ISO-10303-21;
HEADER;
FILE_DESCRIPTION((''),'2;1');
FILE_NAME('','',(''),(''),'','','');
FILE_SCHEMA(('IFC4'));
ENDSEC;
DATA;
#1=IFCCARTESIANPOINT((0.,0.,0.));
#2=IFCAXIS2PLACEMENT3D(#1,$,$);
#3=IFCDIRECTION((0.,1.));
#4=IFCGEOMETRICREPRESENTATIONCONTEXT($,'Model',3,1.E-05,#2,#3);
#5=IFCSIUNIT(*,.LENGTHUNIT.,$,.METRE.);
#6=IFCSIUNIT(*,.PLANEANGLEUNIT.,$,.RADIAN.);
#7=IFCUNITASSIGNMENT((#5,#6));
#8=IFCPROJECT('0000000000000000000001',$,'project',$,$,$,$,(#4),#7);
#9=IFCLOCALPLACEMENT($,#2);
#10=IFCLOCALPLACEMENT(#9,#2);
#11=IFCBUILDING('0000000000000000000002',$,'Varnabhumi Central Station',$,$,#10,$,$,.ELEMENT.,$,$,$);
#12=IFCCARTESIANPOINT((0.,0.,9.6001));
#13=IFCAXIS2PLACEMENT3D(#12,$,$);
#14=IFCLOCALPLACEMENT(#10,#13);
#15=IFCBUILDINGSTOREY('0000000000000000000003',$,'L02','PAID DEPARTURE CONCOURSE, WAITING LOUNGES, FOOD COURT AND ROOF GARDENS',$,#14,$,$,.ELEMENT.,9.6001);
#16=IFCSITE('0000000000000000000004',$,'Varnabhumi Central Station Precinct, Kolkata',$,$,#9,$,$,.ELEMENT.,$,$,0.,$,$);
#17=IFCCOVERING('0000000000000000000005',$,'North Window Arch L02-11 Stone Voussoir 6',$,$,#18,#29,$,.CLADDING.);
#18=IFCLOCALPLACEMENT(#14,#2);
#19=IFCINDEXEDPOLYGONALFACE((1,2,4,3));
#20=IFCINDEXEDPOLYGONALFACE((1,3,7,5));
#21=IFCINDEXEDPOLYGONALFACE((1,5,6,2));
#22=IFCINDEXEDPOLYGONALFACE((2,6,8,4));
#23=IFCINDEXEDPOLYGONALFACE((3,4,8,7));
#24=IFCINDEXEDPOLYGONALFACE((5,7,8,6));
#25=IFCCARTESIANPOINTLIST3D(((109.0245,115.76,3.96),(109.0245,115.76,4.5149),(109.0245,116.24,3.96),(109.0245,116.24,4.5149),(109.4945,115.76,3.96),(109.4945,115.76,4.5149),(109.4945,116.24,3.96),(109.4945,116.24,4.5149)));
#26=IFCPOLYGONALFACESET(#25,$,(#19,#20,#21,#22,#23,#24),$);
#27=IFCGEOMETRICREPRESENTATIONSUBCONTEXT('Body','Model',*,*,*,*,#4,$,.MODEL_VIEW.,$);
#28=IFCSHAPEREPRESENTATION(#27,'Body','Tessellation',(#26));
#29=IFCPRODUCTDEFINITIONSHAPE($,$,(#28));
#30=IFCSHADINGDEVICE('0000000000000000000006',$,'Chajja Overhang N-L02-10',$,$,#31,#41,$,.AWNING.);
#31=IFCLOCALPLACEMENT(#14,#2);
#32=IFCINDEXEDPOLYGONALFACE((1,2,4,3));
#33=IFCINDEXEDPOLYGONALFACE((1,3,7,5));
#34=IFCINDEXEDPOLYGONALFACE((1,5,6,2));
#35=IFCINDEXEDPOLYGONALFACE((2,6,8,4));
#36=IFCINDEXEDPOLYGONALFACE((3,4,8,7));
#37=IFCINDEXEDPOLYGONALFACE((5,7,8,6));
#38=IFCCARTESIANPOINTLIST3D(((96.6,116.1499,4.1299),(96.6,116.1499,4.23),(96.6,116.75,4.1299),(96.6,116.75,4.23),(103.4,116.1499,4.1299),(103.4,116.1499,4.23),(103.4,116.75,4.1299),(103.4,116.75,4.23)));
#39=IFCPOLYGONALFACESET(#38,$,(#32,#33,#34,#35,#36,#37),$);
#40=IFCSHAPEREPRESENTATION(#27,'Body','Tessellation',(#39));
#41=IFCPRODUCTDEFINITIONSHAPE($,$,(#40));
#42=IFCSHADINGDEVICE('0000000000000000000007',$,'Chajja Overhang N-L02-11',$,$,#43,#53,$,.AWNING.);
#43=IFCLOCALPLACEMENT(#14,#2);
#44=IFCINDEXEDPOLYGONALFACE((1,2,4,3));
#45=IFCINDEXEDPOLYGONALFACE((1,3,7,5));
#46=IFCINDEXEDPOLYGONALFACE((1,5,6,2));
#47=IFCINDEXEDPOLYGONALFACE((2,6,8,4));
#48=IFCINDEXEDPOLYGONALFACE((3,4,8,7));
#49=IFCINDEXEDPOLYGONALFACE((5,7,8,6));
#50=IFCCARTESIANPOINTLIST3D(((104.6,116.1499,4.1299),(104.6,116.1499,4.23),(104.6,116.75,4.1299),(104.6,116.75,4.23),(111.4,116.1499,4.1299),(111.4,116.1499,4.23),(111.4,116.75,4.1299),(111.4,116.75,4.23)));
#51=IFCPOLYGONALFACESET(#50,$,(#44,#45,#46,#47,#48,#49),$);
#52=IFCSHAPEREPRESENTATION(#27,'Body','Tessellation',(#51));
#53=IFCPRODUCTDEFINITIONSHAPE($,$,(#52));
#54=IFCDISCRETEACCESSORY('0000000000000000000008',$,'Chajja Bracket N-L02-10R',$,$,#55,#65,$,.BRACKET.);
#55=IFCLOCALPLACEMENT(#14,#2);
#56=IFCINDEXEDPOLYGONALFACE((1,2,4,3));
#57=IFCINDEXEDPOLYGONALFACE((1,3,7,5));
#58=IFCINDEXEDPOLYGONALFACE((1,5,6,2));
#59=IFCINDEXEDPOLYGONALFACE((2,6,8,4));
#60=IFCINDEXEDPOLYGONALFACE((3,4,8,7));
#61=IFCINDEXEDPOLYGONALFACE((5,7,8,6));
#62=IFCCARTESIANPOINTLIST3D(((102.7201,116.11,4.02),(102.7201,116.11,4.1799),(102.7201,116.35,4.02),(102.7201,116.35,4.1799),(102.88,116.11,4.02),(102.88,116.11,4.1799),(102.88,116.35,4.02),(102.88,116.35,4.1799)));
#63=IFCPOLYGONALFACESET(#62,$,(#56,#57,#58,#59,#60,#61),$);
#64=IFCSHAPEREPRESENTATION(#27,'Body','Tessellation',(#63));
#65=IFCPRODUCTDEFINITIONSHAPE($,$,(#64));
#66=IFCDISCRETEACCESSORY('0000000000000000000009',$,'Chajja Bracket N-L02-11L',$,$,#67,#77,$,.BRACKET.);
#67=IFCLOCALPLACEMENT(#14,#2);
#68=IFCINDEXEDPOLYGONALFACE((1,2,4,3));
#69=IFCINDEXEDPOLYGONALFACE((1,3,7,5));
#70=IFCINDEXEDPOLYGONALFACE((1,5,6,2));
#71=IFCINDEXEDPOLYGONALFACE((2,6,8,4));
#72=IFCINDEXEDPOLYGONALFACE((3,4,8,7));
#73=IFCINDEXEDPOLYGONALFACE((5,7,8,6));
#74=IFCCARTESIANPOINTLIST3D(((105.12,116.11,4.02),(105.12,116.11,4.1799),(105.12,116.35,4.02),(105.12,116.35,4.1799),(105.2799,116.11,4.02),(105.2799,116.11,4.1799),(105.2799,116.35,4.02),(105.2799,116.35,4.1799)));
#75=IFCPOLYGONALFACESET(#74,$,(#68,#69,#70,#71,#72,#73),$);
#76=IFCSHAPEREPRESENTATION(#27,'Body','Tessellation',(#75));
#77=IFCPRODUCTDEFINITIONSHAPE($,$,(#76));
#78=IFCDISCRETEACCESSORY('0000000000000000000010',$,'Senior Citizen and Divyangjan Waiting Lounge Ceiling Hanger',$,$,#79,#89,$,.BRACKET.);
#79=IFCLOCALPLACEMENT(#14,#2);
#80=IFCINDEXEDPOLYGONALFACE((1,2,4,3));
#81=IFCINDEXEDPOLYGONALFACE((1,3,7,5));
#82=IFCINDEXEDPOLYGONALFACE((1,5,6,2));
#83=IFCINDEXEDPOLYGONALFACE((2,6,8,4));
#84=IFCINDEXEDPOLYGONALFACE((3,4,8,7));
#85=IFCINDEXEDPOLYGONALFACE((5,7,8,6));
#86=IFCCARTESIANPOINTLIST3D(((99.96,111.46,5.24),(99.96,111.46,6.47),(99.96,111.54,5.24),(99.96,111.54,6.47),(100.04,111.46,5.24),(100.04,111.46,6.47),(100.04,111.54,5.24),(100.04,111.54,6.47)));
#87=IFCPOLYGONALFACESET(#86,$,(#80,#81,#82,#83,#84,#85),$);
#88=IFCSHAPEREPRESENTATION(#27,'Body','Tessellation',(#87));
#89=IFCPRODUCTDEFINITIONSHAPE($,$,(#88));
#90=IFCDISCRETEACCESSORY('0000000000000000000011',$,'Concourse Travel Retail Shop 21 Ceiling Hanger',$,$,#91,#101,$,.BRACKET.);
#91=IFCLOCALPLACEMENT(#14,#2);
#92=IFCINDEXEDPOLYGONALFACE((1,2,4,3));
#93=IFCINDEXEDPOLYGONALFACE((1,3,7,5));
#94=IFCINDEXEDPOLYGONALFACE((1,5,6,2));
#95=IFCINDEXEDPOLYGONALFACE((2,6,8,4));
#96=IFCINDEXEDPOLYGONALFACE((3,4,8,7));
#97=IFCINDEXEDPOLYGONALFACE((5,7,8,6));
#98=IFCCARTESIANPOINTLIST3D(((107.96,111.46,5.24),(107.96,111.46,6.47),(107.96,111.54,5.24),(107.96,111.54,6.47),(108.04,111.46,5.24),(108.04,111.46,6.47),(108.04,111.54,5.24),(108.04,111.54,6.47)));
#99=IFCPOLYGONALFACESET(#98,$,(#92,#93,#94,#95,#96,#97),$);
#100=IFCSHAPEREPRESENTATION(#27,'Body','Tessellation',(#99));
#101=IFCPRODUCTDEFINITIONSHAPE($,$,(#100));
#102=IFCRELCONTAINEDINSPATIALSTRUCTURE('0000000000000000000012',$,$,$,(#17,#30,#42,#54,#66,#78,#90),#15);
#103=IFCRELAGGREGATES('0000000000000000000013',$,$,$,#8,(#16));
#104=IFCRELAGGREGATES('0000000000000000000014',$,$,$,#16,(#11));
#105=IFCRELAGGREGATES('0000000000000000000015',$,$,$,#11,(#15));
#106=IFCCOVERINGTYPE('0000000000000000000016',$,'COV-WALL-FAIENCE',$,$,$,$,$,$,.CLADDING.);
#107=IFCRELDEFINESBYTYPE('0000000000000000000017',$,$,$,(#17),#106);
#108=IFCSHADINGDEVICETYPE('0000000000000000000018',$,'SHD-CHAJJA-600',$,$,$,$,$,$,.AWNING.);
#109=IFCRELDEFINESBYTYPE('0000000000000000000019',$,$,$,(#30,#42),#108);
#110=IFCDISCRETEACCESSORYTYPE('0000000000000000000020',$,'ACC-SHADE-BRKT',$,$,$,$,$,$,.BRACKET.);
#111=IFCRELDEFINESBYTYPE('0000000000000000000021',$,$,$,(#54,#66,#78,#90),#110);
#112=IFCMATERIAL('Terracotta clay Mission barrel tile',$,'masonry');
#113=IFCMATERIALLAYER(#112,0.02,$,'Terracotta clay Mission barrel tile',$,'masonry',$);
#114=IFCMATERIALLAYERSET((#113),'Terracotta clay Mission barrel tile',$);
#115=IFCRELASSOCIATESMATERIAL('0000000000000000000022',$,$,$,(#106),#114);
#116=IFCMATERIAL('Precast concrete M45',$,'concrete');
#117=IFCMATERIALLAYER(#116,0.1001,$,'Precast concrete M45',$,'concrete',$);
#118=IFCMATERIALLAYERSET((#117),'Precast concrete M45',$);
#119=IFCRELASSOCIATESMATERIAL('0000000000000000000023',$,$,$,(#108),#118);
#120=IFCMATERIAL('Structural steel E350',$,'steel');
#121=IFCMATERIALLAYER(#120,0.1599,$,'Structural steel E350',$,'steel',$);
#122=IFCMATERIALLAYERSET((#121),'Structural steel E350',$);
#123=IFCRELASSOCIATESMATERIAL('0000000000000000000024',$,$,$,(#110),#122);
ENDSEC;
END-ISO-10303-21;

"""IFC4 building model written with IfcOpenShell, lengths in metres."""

from ifc_helpers import new_model, si_unit, direction, frame, origin, origin_2d, place, context, subcontext, project, spatial, rectangle, extrude, material, layer, layer_set, type_object, element, save


model = new_model("IFC4")

# Units and contexts
model_context = context("Model", 3, precision=1e-05, world=origin(), true_north=direction((0.0, 1.0)))
body_context = subcontext(model_context, "Body", "Model", "MODEL_VIEW")
ifc_project = project(units=[si_unit("LENGTHUNIT", "METRE"), si_unit("PLANEANGLEUNIT", "RADIAN")], contexts=[model_context])

# Site, building, storey
site_placement = place(None, origin())
site = spatial("IfcSite", under=ifc_project, at=site_placement, Name="Varnabhumi Central Station Precinct, Kolkata", CompositionType="ELEMENT", RefElevation=0.0)
building_placement = place(site_placement, origin())
building = spatial("IfcBuilding", under=site, at=building_placement, Name="Varnabhumi Central Station", CompositionType="ELEMENT")
storey_placement = place(building_placement, frame((0.0, 0.0, 9.6001)))
storey = spatial("IfcBuildingStorey", under=building, at=storey_placement, Name="L02", Description="PAID DEPARTURE CONCOURSE, WAITING LOUNGES, FOOD COURT AND ROOF GARDENS", CompositionType="ELEMENT", Elevation=9.6001)

# Shared definitions
ifc_material_1 = material(Name="Structural steel E350", Category="steel")

# Covering
ifc_material_2 = material(Name="Terracotta clay Mission barrel tile", Category="masonry")
ifc_layer_1 = layer(ifc_material_2, 0.02, Name="Terracotta clay Mission barrel tile", Category="masonry")
ifc_layer_set_1 = layer_set([ifc_layer_1], Name="Terracotta clay Mission barrel tile")
covering_type = type_object("IfcCoveringType", Name="COV-WALL-FAIENCE", PredefinedType="CLADDING", material=ifc_layer_set_1)
covering_1_placement = place(storey_placement, frame((109.2595, 116.0, 3.96), z_axis=(0.0, 0.0, 1.0), x_axis=(1.0, 0.0, 0.0)))
element("IfcCovering", 1, at=covering_1_placement, inside=storey, type_object=covering_type, Name="North Window Arch L02-11 Stone Voussoir 6", PredefinedType="CLADDING", context=body_context, shape_type="SweptSolid", body=[
    extrude(rectangle(XDim=0.47, YDim=0.48, at=origin_2d()), origin(), (0.0, 0.0, 1.0), 0.5549),
])

# Shading devices
ifc_material_3 = material(Name="Precast concrete M45", Category="concrete")
ifc_layer_2 = layer(ifc_material_3, 0.1001, Name="Precast concrete M45", Category="concrete")
ifc_layer_set_2 = layer_set([ifc_layer_2], Name="Precast concrete M45")
shading_device_type = type_object("IfcShadingDeviceType", Name="SHD-CHAJJA-600", PredefinedType="AWNING", material=ifc_layer_set_2)
for number, where, z_axis, x_axis, name in (
    (2, (100.0, 116.45, 4.1299), (0.0, 0.0, 1.0), (1.0, 0.0, 0.0), "Chajja Overhang N-L02-10"),
    (3, (108.0, 116.45, 4.1299), (0.0, 0.0, 1.0), (1.0, 0.0, 0.0), "Chajja Overhang N-L02-11"),
):
    element("IfcShadingDevice", number, at=place(storey_placement, frame(where, z_axis=z_axis, x_axis=x_axis)), inside=storey, type_object=shading_device_type, Name=name, PredefinedType="AWNING", context=body_context, shape_type="SweptSolid", body=[
        extrude(rectangle(XDim=6.8, YDim=0.6001, at=origin_2d()), origin(), (0.0, 0.0, 1.0), 0.1001),
    ])

# Discrete accessories
ifc_layer_3 = layer(ifc_material_1, 0.1599, Name="Structural steel E350", Category="steel")
ifc_layer_set_3 = layer_set([ifc_layer_3], Name="Structural steel E350")
discrete_accessory_type = type_object("IfcDiscreteAccessoryType", Name="ACC-SHADE-BRKT", PredefinedType="BRACKET", material=ifc_layer_set_3)
for number, where, z_axis, x_axis, name in (
    (4, (102.8, 116.23, 4.02), (0.0, 0.0, 1.0), (1.0, 0.0, 0.0), "Chajja Bracket N-L02-10R"),
    (5, (105.2, 116.23, 4.02), (0.0, 0.0, 1.0), (1.0, 0.0, 0.0), "Chajja Bracket N-L02-11L"),
):
    element("IfcDiscreteAccessory", number, at=place(storey_placement, frame(where, z_axis=z_axis, x_axis=x_axis)), inside=storey, type_object=discrete_accessory_type, Name=name, PredefinedType="BRACKET", context=body_context, shape_type="SweptSolid", body=[
        extrude(rectangle(XDim=0.1599, YDim=0.24, at=origin_2d()), origin(), (0.0, 0.0, 1.0), 0.1599),
    ])
for number, where, z_axis, x_axis, name in (
    (6, (100.0, 111.5, 5.24), (0.0, 0.0, 1.0), (1.0, 0.0, 0.0), "Senior Citizen and Divyangjan Waiting Lounge Ceiling Hanger"),
    (7, (108.0, 111.5, 5.24), (0.0, 0.0, 1.0), (1.0, 0.0, 0.0), "Concourse Travel Retail Shop 21 Ceiling Hanger"),
):
    element("IfcDiscreteAccessory", number, at=place(storey_placement, frame(where, z_axis=z_axis, x_axis=x_axis)), inside=storey, type_object=discrete_accessory_type, Name=name, PredefinedType="BRACKET", context=body_context, shape_type="SweptSolid", body=[
        extrude(rectangle(XDim=0.0801, YDim=0.0801, at=origin_2d()), origin(), (0.0, 0.0, 1.0), 1.23),
    ])

save(model, "model.ifc")
